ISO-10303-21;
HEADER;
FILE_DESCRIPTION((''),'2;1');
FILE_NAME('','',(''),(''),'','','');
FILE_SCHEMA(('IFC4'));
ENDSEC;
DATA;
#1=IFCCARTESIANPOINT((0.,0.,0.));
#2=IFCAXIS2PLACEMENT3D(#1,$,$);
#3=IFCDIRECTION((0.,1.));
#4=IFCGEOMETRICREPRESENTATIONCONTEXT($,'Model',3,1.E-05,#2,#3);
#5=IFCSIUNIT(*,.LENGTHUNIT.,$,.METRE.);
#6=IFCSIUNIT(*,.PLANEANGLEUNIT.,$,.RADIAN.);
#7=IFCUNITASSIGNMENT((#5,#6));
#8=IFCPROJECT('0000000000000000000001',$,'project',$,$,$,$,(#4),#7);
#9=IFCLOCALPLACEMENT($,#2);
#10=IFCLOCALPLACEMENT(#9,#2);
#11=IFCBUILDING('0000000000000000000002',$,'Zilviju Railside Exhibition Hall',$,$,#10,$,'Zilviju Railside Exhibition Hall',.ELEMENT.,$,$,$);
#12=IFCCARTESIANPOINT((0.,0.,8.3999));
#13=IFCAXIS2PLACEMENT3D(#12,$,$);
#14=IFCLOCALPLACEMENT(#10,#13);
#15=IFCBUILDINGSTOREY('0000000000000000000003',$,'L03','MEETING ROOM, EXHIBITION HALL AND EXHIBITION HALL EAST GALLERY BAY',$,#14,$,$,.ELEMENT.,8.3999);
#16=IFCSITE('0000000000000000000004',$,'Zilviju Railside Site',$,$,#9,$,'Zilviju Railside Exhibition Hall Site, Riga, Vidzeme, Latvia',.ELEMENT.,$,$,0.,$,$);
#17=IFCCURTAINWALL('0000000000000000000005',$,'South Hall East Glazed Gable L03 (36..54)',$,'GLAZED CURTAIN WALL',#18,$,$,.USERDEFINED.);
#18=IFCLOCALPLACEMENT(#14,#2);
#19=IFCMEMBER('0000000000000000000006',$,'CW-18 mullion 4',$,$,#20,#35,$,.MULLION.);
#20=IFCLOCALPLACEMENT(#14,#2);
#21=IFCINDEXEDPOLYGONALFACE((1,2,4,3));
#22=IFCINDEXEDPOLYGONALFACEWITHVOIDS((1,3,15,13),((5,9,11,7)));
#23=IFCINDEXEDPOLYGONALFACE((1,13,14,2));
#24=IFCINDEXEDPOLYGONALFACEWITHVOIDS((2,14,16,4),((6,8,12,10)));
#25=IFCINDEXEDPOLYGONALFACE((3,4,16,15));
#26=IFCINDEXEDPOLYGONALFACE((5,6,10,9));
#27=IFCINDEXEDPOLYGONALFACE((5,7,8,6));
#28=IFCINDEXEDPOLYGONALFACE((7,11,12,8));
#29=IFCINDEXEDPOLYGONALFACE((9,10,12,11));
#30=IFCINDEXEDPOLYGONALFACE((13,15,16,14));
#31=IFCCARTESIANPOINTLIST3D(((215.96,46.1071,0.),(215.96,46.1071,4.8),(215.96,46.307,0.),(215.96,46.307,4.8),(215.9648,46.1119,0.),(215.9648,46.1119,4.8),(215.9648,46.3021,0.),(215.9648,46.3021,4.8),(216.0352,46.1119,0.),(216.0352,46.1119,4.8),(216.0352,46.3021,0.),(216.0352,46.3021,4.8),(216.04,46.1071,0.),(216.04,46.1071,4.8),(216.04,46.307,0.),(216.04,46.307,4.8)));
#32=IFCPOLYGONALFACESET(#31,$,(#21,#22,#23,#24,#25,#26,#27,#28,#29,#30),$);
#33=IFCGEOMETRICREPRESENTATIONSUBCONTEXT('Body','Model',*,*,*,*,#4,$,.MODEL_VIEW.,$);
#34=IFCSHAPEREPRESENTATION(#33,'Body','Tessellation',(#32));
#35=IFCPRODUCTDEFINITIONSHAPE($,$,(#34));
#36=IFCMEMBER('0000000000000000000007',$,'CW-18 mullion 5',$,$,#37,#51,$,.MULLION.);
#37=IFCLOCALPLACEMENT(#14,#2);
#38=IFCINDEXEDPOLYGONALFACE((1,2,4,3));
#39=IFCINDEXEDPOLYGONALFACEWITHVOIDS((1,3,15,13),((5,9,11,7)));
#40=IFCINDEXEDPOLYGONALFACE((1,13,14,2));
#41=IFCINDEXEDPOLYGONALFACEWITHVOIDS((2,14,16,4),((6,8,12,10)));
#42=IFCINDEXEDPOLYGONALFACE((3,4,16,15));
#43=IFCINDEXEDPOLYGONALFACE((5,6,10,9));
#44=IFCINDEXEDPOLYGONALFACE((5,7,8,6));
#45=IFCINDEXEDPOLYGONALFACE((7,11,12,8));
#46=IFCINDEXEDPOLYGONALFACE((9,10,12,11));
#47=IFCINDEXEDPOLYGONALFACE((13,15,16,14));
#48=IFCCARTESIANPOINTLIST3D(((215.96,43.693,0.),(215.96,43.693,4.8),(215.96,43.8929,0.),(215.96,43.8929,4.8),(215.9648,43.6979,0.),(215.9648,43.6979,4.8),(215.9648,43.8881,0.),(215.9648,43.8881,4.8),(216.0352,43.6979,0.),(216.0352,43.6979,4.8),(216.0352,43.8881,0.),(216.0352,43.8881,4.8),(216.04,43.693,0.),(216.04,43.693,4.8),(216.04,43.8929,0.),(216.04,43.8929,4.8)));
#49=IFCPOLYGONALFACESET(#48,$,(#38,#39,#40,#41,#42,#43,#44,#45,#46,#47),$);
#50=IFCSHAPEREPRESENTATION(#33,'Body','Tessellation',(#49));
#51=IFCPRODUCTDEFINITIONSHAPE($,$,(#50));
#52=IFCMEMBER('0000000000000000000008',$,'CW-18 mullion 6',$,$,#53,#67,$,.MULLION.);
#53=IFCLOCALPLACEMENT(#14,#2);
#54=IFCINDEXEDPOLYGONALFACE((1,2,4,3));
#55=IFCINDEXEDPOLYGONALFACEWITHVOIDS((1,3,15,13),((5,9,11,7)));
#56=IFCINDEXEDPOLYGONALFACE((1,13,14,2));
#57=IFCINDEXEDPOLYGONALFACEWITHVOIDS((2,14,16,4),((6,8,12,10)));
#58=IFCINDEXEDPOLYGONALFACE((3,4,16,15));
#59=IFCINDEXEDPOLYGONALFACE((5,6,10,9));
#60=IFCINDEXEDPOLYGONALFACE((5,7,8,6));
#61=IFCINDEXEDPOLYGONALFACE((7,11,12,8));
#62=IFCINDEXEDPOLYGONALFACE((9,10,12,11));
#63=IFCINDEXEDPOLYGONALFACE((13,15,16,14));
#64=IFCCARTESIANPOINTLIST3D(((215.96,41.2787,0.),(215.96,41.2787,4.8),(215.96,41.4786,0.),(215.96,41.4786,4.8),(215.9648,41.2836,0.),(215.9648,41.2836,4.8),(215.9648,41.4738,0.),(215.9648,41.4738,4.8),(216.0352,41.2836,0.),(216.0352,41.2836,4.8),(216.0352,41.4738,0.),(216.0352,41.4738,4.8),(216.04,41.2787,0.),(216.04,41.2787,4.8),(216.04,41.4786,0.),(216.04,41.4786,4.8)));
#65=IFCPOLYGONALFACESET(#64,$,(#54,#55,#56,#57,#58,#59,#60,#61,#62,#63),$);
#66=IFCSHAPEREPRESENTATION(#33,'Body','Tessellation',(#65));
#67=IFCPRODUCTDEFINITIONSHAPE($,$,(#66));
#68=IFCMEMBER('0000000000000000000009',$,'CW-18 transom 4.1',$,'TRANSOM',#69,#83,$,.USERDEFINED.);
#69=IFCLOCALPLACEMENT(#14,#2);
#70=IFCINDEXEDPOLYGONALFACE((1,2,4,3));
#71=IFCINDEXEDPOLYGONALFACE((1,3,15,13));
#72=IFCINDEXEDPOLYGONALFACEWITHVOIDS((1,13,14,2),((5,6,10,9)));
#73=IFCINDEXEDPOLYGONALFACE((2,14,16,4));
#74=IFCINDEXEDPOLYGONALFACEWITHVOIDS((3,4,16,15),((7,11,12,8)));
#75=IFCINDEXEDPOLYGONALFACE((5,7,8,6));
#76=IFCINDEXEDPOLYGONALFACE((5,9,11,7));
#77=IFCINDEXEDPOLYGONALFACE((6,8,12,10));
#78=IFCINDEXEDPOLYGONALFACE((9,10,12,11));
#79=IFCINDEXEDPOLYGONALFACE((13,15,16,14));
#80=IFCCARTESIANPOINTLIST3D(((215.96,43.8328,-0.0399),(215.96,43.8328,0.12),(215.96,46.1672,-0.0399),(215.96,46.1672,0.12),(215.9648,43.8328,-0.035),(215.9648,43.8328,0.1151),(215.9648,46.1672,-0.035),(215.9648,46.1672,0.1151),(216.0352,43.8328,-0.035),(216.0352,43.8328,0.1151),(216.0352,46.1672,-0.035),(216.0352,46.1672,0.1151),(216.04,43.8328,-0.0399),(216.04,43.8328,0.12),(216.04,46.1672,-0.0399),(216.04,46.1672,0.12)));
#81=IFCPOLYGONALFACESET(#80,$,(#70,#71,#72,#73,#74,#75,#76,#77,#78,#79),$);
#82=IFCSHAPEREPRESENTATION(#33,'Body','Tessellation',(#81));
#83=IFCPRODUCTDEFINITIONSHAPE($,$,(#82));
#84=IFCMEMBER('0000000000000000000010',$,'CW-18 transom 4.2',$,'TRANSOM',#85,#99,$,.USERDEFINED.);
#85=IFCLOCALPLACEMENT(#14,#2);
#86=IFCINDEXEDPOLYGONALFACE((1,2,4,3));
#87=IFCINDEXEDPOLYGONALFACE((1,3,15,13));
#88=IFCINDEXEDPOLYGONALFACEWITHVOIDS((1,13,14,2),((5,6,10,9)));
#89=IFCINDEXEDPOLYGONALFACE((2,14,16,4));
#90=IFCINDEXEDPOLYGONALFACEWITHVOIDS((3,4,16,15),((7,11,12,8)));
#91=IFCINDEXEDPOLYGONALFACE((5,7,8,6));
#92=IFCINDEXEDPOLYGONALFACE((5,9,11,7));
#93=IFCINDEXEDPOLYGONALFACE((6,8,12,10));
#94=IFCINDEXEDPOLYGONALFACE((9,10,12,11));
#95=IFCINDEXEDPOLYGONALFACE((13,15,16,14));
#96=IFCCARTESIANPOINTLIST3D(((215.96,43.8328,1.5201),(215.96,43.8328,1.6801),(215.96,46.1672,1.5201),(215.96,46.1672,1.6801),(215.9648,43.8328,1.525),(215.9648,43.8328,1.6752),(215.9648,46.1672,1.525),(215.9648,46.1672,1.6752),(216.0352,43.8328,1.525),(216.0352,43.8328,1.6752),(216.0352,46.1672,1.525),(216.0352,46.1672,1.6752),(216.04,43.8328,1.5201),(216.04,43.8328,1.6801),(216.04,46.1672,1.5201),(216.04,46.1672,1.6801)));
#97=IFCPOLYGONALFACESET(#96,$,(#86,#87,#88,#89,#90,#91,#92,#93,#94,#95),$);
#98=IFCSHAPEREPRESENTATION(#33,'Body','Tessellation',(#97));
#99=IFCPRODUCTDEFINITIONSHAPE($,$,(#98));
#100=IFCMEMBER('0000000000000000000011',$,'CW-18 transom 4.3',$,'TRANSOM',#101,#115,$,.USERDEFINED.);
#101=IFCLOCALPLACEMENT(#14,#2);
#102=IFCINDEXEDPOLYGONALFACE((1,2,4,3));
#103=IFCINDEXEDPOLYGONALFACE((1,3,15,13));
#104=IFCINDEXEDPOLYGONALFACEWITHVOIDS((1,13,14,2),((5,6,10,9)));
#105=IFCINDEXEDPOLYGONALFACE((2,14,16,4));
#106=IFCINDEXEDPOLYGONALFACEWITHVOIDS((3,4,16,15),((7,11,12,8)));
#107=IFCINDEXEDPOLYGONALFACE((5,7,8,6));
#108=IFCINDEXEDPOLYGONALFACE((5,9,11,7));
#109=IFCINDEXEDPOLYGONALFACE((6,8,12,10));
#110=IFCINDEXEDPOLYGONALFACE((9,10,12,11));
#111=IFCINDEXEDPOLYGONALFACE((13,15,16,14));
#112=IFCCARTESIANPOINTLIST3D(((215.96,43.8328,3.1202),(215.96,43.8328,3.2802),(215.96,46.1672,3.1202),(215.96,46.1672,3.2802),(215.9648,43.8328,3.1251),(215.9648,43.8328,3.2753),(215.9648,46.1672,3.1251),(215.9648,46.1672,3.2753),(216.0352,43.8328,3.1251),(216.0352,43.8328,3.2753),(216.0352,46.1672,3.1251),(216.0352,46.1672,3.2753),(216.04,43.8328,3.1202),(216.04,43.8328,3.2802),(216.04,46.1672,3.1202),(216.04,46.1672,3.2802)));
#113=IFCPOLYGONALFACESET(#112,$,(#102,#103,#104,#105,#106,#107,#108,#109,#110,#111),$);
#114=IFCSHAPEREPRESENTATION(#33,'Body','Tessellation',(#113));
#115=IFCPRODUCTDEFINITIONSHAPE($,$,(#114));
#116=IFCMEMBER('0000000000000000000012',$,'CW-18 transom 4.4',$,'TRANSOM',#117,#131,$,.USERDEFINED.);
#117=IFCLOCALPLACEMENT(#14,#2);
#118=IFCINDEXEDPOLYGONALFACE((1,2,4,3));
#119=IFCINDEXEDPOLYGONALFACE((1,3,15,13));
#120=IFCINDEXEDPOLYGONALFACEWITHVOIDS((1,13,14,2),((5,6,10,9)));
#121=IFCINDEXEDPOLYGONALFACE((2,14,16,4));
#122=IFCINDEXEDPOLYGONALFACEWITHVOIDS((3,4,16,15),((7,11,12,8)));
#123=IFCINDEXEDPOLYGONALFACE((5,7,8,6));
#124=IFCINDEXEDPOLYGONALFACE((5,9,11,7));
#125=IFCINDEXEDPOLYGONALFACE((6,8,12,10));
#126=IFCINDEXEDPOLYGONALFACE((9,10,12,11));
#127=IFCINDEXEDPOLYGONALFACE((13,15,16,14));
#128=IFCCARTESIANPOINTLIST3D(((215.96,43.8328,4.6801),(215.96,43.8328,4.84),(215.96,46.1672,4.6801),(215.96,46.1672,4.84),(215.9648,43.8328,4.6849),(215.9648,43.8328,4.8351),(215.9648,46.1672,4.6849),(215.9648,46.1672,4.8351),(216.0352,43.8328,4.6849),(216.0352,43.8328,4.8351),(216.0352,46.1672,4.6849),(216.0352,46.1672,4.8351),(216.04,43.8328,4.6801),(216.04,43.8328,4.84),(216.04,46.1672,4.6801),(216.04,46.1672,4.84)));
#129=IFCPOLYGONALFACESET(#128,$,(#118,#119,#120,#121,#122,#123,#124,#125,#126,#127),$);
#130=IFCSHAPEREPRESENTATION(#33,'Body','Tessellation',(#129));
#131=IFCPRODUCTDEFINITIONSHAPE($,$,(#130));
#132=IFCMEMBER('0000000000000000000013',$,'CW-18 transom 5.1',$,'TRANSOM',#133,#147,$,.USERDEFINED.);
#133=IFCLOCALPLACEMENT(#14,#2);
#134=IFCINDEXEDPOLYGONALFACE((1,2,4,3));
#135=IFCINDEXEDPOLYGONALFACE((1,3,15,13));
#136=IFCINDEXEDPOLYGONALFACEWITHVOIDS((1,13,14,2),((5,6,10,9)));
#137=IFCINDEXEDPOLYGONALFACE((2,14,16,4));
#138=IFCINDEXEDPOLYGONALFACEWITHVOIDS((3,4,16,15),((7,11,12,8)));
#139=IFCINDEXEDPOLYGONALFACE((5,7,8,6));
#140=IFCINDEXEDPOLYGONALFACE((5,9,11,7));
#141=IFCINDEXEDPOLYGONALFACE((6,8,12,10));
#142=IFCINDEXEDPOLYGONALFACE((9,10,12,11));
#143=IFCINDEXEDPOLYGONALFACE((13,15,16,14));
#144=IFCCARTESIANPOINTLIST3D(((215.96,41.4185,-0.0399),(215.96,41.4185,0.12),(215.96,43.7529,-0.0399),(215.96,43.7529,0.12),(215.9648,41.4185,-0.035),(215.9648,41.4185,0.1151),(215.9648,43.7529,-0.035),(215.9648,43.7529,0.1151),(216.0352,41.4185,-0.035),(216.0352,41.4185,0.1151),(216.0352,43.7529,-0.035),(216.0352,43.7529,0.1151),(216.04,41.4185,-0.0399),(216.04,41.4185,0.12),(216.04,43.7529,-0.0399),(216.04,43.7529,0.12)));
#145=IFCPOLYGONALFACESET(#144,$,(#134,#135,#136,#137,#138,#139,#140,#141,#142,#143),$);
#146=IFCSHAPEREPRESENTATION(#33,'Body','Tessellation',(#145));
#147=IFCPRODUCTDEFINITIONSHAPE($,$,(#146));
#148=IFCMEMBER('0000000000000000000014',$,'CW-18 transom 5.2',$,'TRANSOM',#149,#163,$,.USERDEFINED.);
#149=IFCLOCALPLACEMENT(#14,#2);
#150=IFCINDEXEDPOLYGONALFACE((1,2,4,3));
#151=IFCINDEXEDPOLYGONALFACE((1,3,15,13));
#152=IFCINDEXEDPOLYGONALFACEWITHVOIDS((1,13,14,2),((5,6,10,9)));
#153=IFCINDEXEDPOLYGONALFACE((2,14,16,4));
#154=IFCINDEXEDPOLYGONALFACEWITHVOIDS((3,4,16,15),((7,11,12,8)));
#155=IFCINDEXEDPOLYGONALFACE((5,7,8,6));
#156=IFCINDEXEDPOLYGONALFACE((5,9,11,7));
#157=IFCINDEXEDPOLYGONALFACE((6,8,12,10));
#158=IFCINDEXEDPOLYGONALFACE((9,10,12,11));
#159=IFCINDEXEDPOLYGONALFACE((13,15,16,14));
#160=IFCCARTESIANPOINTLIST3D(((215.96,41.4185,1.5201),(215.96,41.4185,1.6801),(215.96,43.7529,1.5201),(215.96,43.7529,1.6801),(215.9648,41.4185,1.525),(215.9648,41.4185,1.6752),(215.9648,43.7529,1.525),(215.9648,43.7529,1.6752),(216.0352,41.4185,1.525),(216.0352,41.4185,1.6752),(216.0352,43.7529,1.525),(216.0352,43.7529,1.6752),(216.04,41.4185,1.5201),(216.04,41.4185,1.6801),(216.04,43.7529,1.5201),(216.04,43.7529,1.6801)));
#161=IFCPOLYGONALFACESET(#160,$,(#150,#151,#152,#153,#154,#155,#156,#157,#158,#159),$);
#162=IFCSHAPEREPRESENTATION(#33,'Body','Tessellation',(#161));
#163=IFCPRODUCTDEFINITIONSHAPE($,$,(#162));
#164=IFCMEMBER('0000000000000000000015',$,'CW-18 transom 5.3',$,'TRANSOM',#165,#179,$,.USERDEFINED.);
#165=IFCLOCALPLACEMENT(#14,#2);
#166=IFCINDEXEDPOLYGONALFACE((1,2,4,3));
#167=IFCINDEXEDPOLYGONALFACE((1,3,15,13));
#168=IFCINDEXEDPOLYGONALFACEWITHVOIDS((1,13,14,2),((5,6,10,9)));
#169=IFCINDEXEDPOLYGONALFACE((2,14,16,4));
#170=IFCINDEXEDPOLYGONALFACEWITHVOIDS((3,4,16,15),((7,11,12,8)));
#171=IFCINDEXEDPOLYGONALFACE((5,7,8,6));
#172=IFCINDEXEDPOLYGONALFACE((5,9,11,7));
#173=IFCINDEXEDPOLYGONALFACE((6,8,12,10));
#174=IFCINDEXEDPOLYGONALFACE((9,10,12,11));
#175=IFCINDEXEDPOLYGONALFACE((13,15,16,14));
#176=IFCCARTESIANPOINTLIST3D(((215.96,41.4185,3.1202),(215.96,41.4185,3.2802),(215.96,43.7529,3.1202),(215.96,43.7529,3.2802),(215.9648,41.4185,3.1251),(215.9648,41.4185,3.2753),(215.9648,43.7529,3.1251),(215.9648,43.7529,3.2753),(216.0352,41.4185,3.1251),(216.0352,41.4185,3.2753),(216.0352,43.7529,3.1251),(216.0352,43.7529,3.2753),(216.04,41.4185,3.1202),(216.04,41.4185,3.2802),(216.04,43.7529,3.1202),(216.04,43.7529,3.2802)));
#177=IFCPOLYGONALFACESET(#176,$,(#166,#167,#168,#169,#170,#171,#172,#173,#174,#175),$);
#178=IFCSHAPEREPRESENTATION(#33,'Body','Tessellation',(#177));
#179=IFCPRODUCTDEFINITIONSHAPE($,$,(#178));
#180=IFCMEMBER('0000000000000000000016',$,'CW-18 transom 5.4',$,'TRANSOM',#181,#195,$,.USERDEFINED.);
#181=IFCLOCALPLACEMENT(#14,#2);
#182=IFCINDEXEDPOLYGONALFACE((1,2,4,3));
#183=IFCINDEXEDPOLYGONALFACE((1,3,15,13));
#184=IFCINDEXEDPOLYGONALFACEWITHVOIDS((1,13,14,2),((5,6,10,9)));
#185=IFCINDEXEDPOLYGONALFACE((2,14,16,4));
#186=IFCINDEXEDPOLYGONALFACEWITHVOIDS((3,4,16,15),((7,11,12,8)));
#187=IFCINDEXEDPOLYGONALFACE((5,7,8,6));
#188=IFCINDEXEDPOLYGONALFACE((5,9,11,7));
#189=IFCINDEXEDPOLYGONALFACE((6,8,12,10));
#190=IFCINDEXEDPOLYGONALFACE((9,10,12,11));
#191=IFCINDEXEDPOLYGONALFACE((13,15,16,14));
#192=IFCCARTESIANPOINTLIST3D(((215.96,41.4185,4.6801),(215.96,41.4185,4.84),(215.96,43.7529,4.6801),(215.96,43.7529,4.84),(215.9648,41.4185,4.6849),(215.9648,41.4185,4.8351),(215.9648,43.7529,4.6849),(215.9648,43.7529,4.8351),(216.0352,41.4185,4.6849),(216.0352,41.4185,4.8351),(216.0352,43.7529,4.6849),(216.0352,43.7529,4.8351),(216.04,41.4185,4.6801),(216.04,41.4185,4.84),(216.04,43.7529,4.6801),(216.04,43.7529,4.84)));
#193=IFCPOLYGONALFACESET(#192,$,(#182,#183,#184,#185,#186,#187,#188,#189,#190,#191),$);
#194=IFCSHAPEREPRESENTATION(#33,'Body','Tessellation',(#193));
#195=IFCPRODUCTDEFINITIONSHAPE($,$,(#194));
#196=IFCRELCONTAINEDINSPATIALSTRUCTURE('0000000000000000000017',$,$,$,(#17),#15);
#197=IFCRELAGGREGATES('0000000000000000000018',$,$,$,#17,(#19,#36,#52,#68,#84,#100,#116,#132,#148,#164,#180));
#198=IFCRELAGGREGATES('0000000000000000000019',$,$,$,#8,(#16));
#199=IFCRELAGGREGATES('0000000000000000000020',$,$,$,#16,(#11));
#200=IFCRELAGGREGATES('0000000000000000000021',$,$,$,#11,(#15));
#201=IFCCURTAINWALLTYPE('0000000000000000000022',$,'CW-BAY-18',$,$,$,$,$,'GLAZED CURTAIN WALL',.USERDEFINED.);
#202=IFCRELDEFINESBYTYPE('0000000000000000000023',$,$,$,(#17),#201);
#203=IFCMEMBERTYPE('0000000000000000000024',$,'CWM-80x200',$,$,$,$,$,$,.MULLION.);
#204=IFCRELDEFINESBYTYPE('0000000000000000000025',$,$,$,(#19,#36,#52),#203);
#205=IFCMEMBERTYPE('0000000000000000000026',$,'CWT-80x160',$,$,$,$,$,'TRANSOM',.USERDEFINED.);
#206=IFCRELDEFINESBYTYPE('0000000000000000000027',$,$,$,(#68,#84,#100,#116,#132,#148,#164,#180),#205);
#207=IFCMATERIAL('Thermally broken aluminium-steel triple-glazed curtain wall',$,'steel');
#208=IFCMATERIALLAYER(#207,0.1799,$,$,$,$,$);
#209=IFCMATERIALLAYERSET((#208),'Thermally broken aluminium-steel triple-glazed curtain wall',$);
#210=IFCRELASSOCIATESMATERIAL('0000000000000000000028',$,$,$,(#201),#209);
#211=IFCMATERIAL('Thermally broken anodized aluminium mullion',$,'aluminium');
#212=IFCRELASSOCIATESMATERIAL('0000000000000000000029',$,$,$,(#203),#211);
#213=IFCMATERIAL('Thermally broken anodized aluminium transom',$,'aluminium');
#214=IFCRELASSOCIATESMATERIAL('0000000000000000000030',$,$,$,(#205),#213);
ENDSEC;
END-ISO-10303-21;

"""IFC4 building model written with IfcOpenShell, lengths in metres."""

from ifc_helpers import new_model, si_unit, direction, frame, origin, origin_2d, place, context, subcontext, project, spatial, hollow_rectangle, extrude, material, layer, layer_set, material_profile, profile_set, type_object, element, aggregate, save


model = new_model("IFC4")

# Units and contexts
model_context = context("Model", 3, precision=1e-05, world=origin(), true_north=direction((0.0, 1.0)))
body_context = subcontext(model_context, "Body", "Model", "MODEL_VIEW")
ifc_project = project(units=[si_unit("LENGTHUNIT", "METRE"), si_unit("PLANEANGLEUNIT", "RADIAN")], contexts=[model_context])

# Site, building, storey
site_placement = place(None, origin())
site = spatial("IfcSite", under=ifc_project, at=site_placement, Name="Zilviju Railside Site", LongName="Zilviju Railside Exhibition Hall Site, Riga, Vidzeme, Latvia", CompositionType="ELEMENT", RefElevation=0.0)
building_placement = place(site_placement, origin())
building = spatial("IfcBuilding", under=site, at=building_placement, Name="Zilviju Railside Exhibition Hall", LongName="Zilviju Railside Exhibition Hall", CompositionType="ELEMENT")
storey_placement = place(building_placement, frame((0.0, 0.0, 8.3999)))
storey = spatial("IfcBuildingStorey", under=building, at=storey_placement, Name="L03", Description="MEETING ROOM, EXHIBITION HALL AND EXHIBITION HALL EAST GALLERY BAY", CompositionType="ELEMENT", Elevation=8.3999)

# Curtain wall, members
ifc_material_1 = material(Name="Thermally broken aluminium-steel triple-glazed curtain wall", Category="steel")
ifc_layer_1 = layer(ifc_material_1, 0.1799)
ifc_layer_set_1 = layer_set([ifc_layer_1], Name="Thermally broken aluminium-steel triple-glazed curtain wall")
curtain_wall_type = type_object("IfcCurtainWallType", Name="CW-BAY-18", ElementType="GLAZED CURTAIN WALL", PredefinedType="USERDEFINED", material=ifc_layer_set_1)
curtain_wall_placement = place(storey_placement, origin())
curtain_wall = element("IfcCurtainWall", 1, at=curtain_wall_placement, inside=storey, type_object=curtain_wall_type, Name="South Hall East Glazed Gable L03 (36..54)", ObjectType="GLAZED CURTAIN WALL", PredefinedType="USERDEFINED")
ifc_material_2 = material(Name="Thermally broken anodized aluminium mullion", Category="aluminium")
ifc_material_profile_1 = material_profile(ifc_material_2, hollow_rectangle(XDim=0.0801, YDim=0.2, WallThickness=0.0049, at=origin_2d()), Name="MULLION 200x80x5")
ifc_profile_set_1 = profile_set([ifc_material_profile_1], Name="Thermally broken anodized aluminium mullion")
member_type_1 = type_object("IfcMemberType", Name="CWM-80x200", PredefinedType="MULLION", material=ifc_profile_set_1)
member_1_placement = place(storey_placement, frame((216.0, 46.207, 0.0), z_axis=(0.0, 0.0, 1.0), x_axis=(1.0, 0.0, 0.0)))
member_1 = element("IfcMember", 2, at=member_1_placement, type_object=member_type_1, Name="CW-18 mullion 4", PredefinedType="MULLION", context=body_context, shape_type="SweptSolid", body=[
    extrude(hollow_rectangle(XDim=0.0801, YDim=0.2, WallThickness=0.0049, at=origin_2d()), origin(), (0.0, 0.0, 1.0), 4.8),
])
member_2_placement = place(storey_placement, frame((216.0, 43.793, 0.0), z_axis=(0.0, 0.0, 1.0), x_axis=(1.0, 0.0, 0.0)))
member_2 = element("IfcMember", 3, at=member_2_placement, type_object=member_type_1, Name="CW-18 mullion 5", PredefinedType="MULLION", context=body_context, shape_type="SweptSolid", body=[
    extrude(hollow_rectangle(XDim=0.0801, YDim=0.2, WallThickness=0.0049, at=origin_2d()), origin(), (0.0, 0.0, 1.0), 4.8),
])
member_3_placement = place(storey_placement, frame((216.0, 41.3787, 0.0), z_axis=(0.0, 0.0, 1.0), x_axis=(1.0, 0.0, 0.0)))
member_3 = element("IfcMember", 4, at=member_3_placement, type_object=member_type_1, Name="CW-18 mullion 6", PredefinedType="MULLION", context=body_context, shape_type="SweptSolid", body=[
    extrude(hollow_rectangle(XDim=0.0801, YDim=0.2, WallThickness=0.0049, at=origin_2d()), origin(), (0.0, 0.0, 1.0), 4.8),
])
ifc_material_3 = material(Name="Thermally broken anodized aluminium transom", Category="aluminium")
ifc_material_profile_2 = material_profile(ifc_material_3, hollow_rectangle(XDim=0.0801, YDim=0.1599, WallThickness=0.0049, at=origin_2d()), Name="TRANSOM 160x80x5")
ifc_profile_set_2 = profile_set([ifc_material_profile_2], Name="Thermally broken anodized aluminium transom")
member_type_2 = type_object("IfcMemberType", Name="CWT-80x160", ElementType="TRANSOM", PredefinedType="USERDEFINED", material=ifc_profile_set_2)
member_4_placement = place(storey_placement, frame((216.0, 46.1672, 0.04), z_axis=(0.0, -1.0, 0.0), x_axis=(1.0, 0.0, 0.0)))
member_4 = element("IfcMember", 5, at=member_4_placement, type_object=member_type_2, Name="CW-18 transom 4.1", ObjectType="TRANSOM", PredefinedType="USERDEFINED", context=body_context, shape_type="SweptSolid", body=[
    extrude(hollow_rectangle(XDim=0.0801, YDim=0.1599, WallThickness=0.0049, at=origin_2d()), origin(), (0.0, 0.0, 1.0), 2.3345),
])
member_5_placement = place(storey_placement, frame((216.0, 46.1672, 1.6001), z_axis=(0.0, -1.0, 0.0), x_axis=(1.0, 0.0, 0.0)))
member_5 = element("IfcMember", 6, at=member_5_placement, type_object=member_type_2, Name="CW-18 transom 4.2", ObjectType="TRANSOM", PredefinedType="USERDEFINED", context=body_context, shape_type="SweptSolid", body=[
    extrude(hollow_rectangle(XDim=0.0801, YDim=0.1599, WallThickness=0.0049, at=origin_2d()), origin(), (0.0, 0.0, 1.0), 2.3345),
])
member_6_placement = place(storey_placement, frame((216.0, 46.1672, 3.2002), z_axis=(0.0, -1.0, 0.0), x_axis=(1.0, 0.0, 0.0)))
member_6 = element("IfcMember", 7, at=member_6_placement, type_object=member_type_2, Name="CW-18 transom 4.3", ObjectType="TRANSOM", PredefinedType="USERDEFINED", context=body_context, shape_type="SweptSolid", body=[
    extrude(hollow_rectangle(XDim=0.0801, YDim=0.1599, WallThickness=0.0049, at=origin_2d()), origin(), (0.0, 0.0, 1.0), 2.3345),
])
member_7_placement = place(storey_placement, frame((216.0, 46.1672, 4.76), z_axis=(0.0, -1.0, 0.0), x_axis=(1.0, 0.0, 0.0)))
member_7 = element("IfcMember", 8, at=member_7_placement, type_object=member_type_2, Name="CW-18 transom 4.4", ObjectType="TRANSOM", PredefinedType="USERDEFINED", context=body_context, shape_type="SweptSolid", body=[
    extrude(hollow_rectangle(XDim=0.0801, YDim=0.1599, WallThickness=0.0049, at=origin_2d()), origin(), (0.0, 0.0, 1.0), 2.3345),
])
member_8_placement = place(storey_placement, frame((216.0, 43.7529, 0.04), z_axis=(0.0, -1.0, 0.0), x_axis=(1.0, 0.0, 0.0)))
member_8 = element("IfcMember", 9, at=member_8_placement, type_object=member_type_2, Name="CW-18 transom 5.1", ObjectType="TRANSOM", PredefinedType="USERDEFINED", context=body_context, shape_type="SweptSolid", body=[
    extrude(hollow_rectangle(XDim=0.0801, YDim=0.1599, WallThickness=0.0049, at=origin_2d()), origin(), (0.0, 0.0, 1.0), 2.3345),
])
member_9_placement = place(storey_placement, frame((216.0, 43.7529, 1.6001), z_axis=(0.0, -1.0, 0.0), x_axis=(1.0, 0.0, 0.0)))
member_9 = element("IfcMember", 10, at=member_9_placement, type_object=member_type_2, Name="CW-18 transom 5.2", ObjectType="TRANSOM", PredefinedType="USERDEFINED", context=body_context, shape_type="SweptSolid", body=[
    extrude(hollow_rectangle(XDim=0.0801, YDim=0.1599, WallThickness=0.0049, at=origin_2d()), origin(), (0.0, 0.0, 1.0), 2.3345),
])
member_10_placement = place(storey_placement, frame((216.0, 43.7529, 3.2002), z_axis=(0.0, -1.0, 0.0), x_axis=(1.0, 0.0, 0.0)))
member_10 = element("IfcMember", 11, at=member_10_placement, type_object=member_type_2, Name="CW-18 transom 5.3", ObjectType="TRANSOM", PredefinedType="USERDEFINED", context=body_context, shape_type="SweptSolid", body=[
    extrude(hollow_rectangle(XDim=0.0801, YDim=0.1599, WallThickness=0.0049, at=origin_2d()), origin(), (0.0, 0.0, 1.0), 2.3345),
])
member_11_placement = place(storey_placement, frame((216.0, 43.7529, 4.76), z_axis=(0.0, -1.0, 0.0), x_axis=(1.0, 0.0, 0.0)))
member_11 = element("IfcMember", 12, at=member_11_placement, type_object=member_type_2, Name="CW-18 transom 5.4", ObjectType="TRANSOM", PredefinedType="USERDEFINED", context=body_context, shape_type="SweptSolid", body=[
    extrude(hollow_rectangle(XDim=0.0801, YDim=0.1599, WallThickness=0.0049, at=origin_2d()), origin(), (0.0, 0.0, 1.0), 2.3345),
])
aggregate(curtain_wall, [member_1, member_2, member_3, member_4, member_5, member_6, member_7, member_8, member_9, member_10, member_11])

save(model, "model.ifc")
